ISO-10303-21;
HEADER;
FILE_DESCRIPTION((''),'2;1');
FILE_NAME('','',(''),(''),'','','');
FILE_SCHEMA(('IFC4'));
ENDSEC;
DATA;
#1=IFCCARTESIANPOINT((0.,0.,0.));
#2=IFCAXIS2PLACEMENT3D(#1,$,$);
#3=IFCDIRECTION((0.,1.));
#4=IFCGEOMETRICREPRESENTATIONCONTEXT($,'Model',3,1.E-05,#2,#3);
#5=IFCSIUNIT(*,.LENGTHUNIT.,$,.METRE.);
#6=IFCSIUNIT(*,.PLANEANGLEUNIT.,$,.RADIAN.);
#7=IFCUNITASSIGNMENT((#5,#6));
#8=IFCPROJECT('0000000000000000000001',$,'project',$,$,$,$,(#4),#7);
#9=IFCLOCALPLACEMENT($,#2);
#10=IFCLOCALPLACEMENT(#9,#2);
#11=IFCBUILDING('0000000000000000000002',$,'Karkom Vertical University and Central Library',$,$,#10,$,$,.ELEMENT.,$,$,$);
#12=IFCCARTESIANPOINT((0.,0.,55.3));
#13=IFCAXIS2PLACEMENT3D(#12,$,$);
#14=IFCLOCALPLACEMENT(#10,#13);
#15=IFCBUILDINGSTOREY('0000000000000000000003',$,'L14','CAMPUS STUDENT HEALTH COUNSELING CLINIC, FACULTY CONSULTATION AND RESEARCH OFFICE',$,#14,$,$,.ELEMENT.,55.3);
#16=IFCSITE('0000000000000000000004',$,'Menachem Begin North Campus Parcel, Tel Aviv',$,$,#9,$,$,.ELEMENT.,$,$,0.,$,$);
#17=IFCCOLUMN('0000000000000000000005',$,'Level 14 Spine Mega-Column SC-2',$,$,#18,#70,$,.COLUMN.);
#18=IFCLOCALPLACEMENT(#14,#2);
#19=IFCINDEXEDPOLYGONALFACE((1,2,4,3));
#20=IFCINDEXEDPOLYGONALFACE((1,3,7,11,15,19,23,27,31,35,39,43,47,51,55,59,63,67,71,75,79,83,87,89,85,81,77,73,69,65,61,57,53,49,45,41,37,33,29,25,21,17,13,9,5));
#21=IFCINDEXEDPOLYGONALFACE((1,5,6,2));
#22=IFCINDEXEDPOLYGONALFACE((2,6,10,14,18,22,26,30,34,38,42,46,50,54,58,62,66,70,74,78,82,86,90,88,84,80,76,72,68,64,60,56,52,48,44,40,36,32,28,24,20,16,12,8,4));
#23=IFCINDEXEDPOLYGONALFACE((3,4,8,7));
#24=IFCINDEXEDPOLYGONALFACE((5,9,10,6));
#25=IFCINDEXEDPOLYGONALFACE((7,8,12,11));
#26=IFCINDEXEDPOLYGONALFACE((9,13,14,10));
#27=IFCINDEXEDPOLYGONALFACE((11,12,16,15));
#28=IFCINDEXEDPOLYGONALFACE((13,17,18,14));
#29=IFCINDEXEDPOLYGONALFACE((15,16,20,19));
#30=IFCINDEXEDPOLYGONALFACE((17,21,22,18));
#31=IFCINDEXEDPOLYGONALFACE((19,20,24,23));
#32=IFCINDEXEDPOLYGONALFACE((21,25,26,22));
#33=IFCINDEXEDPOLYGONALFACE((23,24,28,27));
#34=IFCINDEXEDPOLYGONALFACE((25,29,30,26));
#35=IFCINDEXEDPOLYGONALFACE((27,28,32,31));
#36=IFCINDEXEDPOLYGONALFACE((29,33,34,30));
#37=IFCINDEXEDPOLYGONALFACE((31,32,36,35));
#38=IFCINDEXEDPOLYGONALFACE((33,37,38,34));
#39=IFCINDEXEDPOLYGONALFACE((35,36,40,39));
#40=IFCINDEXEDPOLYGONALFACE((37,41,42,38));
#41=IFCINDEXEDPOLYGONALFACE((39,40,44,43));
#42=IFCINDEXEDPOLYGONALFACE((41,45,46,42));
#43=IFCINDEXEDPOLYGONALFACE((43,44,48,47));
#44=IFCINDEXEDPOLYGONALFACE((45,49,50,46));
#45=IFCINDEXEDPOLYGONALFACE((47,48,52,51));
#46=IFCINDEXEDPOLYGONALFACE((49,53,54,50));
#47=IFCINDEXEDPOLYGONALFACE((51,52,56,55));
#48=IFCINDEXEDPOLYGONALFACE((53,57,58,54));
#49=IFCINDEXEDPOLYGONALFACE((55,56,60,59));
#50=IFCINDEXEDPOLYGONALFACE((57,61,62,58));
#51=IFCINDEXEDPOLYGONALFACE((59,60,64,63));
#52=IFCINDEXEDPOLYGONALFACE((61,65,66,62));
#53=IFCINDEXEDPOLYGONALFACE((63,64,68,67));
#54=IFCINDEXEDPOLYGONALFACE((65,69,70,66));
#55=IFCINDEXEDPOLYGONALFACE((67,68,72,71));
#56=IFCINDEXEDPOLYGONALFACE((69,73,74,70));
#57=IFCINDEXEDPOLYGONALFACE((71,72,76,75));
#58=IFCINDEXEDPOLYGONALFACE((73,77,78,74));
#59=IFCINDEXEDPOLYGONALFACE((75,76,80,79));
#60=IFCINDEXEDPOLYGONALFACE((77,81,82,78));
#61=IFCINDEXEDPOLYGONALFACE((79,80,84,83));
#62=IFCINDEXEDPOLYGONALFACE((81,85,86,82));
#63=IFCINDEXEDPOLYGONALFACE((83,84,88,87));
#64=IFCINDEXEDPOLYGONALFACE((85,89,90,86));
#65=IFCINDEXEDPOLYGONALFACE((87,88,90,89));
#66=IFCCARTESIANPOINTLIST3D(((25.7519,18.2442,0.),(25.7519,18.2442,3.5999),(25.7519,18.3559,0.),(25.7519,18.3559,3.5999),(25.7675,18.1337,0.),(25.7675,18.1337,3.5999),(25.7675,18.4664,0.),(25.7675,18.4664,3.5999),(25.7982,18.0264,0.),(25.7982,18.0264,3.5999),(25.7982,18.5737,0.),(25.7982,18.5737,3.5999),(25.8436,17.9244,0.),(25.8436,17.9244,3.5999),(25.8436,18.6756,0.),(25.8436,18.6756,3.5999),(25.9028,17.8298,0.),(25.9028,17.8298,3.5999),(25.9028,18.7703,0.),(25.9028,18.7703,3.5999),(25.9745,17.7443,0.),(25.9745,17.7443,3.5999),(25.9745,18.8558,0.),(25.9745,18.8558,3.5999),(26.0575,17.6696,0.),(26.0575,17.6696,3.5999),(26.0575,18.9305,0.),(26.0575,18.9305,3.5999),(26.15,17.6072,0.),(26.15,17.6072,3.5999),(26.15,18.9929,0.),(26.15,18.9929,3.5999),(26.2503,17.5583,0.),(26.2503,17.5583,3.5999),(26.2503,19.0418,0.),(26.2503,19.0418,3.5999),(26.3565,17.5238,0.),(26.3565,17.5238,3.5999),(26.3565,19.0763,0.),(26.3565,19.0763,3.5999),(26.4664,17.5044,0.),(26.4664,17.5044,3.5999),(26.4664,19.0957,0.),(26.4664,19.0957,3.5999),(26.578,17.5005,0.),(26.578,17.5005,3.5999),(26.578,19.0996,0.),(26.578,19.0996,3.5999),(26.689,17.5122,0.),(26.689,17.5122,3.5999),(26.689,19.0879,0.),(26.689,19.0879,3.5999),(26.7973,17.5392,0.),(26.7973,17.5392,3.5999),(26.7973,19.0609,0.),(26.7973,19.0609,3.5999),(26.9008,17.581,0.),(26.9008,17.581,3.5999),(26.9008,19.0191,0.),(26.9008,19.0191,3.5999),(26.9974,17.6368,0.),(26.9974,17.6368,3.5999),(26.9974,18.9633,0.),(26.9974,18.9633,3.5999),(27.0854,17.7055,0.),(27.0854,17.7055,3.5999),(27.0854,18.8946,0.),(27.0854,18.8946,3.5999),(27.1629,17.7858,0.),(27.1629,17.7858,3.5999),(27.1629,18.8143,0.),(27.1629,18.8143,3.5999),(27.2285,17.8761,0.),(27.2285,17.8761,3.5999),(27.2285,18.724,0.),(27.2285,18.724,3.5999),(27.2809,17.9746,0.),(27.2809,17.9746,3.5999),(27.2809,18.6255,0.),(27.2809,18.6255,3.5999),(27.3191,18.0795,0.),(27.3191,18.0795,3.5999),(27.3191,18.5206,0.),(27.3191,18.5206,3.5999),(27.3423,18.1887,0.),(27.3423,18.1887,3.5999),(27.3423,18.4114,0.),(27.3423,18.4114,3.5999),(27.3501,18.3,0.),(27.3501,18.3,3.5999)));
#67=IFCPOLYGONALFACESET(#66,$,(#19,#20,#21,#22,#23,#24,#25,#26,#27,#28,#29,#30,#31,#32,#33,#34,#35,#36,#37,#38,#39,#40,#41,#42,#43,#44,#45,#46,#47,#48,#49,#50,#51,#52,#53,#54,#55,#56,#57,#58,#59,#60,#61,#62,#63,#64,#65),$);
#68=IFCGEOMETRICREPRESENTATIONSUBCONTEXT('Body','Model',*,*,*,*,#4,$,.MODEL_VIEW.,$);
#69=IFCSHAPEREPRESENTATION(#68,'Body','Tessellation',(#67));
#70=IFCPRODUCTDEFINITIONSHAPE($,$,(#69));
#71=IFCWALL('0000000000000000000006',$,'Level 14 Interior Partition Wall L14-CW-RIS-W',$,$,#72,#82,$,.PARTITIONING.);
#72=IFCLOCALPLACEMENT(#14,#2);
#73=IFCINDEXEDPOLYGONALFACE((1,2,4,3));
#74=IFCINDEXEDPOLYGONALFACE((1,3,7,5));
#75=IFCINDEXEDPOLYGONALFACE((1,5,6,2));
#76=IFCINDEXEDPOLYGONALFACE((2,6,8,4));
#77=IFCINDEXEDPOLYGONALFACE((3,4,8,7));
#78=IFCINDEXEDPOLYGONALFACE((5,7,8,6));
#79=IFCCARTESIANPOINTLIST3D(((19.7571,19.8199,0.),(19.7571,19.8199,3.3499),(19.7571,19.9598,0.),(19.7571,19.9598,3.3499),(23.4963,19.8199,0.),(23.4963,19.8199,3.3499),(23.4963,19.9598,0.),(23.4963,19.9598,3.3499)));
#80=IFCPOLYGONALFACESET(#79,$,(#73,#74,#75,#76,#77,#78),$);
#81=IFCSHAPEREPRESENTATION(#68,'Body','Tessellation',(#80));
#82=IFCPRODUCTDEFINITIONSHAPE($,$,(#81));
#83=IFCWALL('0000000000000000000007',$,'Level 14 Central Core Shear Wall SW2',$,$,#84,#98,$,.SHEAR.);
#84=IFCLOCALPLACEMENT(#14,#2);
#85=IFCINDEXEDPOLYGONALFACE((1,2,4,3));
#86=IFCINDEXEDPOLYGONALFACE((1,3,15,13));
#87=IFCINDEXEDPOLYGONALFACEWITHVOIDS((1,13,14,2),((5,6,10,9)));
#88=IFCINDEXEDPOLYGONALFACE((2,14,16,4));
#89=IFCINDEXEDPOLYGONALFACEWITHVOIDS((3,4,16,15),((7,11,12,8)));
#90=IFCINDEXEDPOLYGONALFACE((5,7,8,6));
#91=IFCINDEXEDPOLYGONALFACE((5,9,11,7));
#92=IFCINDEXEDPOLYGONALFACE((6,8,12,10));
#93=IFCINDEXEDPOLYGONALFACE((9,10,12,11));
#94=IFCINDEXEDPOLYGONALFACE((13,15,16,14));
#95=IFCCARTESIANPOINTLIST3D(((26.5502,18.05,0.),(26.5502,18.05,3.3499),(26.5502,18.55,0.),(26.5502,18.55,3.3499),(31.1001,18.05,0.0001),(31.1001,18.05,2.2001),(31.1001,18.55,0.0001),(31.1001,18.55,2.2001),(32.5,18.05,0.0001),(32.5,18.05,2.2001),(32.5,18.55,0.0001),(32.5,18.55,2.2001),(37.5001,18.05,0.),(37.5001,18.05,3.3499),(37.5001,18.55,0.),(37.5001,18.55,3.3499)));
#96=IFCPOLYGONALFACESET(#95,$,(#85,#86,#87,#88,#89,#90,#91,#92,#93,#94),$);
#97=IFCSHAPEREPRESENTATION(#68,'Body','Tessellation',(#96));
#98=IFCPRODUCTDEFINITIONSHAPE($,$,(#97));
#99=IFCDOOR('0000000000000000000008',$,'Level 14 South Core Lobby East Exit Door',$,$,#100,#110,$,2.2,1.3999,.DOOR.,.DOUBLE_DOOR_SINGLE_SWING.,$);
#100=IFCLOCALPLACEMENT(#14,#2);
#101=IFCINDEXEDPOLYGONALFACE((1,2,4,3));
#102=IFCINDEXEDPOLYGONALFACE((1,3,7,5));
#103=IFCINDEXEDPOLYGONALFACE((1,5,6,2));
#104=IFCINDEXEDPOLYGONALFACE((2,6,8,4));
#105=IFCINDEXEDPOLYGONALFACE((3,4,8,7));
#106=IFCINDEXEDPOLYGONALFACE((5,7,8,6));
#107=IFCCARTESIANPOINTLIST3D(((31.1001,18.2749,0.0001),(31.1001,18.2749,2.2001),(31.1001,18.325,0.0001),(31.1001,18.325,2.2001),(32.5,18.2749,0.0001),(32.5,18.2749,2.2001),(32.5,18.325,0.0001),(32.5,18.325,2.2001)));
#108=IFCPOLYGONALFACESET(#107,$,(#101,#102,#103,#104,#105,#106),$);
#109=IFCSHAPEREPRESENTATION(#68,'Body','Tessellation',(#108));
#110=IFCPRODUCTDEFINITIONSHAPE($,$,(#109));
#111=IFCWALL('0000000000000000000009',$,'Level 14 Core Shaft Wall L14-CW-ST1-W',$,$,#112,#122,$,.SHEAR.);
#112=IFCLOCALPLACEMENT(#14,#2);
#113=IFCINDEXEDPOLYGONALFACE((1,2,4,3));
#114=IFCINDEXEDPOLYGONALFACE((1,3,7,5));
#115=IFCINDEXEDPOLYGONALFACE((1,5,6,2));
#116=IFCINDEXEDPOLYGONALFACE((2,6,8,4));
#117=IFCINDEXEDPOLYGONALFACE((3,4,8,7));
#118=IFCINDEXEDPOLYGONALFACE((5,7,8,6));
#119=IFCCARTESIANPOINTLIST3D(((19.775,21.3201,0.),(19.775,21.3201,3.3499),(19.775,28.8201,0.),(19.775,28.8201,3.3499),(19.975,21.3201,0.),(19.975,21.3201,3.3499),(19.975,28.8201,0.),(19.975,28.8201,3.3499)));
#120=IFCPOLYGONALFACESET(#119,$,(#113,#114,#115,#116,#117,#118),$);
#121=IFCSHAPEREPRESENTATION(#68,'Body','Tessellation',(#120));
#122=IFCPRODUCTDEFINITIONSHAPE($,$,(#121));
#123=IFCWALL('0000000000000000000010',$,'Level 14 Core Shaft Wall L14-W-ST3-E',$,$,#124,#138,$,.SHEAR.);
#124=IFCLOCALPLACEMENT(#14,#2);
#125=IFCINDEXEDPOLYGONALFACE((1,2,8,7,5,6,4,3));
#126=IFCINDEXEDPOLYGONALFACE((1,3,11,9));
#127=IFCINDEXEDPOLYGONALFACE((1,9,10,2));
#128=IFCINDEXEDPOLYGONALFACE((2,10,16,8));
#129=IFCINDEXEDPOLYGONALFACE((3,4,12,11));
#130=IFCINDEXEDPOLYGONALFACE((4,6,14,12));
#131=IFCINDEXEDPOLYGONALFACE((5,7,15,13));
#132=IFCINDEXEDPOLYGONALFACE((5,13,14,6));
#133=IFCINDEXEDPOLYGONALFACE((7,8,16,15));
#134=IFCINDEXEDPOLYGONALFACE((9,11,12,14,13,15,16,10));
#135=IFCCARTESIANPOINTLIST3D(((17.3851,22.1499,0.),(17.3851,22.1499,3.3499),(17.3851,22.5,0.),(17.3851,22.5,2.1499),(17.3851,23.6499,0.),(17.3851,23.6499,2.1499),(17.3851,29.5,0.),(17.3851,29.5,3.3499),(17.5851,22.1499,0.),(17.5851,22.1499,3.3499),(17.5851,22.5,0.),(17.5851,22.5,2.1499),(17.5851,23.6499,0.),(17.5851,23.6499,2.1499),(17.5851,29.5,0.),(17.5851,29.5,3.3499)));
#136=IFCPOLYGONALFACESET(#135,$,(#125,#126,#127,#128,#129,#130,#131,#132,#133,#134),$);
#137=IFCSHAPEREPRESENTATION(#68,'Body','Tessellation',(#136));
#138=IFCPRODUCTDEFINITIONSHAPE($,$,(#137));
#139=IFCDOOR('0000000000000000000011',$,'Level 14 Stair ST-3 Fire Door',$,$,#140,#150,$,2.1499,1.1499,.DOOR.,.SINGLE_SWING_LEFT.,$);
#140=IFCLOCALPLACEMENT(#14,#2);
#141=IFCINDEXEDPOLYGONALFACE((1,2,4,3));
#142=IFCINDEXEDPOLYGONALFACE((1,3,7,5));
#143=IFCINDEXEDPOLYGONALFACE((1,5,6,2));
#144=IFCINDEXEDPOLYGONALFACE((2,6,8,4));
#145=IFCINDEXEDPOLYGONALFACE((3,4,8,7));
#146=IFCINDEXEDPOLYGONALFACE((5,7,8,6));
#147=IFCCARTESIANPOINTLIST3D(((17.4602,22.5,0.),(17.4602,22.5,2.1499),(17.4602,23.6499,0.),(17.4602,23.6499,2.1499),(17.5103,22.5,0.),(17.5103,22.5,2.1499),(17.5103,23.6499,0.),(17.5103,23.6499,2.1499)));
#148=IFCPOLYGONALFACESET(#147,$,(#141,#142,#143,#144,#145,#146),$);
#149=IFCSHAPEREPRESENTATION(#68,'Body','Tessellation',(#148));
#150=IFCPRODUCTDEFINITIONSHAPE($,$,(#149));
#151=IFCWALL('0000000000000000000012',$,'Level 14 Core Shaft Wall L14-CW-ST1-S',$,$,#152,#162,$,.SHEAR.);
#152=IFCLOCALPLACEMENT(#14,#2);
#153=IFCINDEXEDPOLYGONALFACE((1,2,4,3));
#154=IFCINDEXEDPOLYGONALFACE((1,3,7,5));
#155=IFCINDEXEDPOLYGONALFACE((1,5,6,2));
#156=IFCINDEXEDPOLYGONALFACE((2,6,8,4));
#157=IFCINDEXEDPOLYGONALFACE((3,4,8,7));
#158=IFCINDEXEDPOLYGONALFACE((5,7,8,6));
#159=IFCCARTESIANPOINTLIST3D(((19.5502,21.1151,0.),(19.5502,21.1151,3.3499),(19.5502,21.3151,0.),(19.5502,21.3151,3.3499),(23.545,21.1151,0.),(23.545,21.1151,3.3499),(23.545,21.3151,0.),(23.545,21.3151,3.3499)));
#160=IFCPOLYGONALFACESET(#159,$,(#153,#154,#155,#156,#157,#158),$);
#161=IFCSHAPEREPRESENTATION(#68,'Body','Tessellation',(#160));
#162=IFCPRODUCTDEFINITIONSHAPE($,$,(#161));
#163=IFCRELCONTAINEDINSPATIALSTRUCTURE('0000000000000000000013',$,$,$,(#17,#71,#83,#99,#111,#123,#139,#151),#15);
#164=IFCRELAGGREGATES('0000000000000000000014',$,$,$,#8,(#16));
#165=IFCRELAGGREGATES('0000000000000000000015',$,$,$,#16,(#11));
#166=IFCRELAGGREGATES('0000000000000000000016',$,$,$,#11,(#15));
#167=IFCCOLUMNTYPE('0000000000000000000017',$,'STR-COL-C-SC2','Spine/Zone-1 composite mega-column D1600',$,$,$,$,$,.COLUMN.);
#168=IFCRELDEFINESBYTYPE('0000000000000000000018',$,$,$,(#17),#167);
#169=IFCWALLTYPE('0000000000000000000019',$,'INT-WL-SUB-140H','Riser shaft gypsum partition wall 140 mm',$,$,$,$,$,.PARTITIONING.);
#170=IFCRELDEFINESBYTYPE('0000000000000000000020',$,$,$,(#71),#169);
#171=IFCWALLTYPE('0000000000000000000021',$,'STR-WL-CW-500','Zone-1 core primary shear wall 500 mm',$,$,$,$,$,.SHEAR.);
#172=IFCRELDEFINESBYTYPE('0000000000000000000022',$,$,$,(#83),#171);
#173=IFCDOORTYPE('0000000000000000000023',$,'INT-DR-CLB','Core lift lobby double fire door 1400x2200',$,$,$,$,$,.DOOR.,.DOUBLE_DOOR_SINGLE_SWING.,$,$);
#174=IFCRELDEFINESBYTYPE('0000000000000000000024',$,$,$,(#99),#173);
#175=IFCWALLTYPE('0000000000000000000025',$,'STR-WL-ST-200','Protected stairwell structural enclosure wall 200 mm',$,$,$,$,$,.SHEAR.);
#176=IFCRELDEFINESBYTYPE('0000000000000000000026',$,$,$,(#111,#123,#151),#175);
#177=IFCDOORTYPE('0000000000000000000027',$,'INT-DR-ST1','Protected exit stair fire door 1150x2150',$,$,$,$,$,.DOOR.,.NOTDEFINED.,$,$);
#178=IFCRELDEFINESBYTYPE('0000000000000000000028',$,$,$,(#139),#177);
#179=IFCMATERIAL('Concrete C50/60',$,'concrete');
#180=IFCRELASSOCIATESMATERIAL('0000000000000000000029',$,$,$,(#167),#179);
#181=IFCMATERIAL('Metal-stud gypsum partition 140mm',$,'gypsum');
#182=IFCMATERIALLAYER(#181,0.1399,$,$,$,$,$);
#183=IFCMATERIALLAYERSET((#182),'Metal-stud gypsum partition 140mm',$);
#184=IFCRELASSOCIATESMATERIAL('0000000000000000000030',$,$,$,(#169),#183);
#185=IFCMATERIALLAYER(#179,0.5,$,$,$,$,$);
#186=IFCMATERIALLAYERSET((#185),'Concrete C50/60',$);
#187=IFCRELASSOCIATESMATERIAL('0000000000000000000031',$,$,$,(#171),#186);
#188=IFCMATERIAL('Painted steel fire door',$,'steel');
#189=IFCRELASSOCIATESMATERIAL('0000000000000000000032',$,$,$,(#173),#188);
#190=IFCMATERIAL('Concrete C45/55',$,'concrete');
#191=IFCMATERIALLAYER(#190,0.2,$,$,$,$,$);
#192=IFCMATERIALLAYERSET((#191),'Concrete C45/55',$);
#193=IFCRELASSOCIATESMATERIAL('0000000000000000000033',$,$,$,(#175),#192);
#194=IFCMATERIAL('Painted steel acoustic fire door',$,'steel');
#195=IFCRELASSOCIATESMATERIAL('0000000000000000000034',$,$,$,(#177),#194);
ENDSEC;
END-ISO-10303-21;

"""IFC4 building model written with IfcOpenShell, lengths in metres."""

from ifc_helpers import new_model, si_unit, direction, frame, frame_2d, origin, origin_with_axes, origin_2d, place, context, subcontext, project, spatial, rectangle, circle, extrude, source, transform, mapped, material, layer, layer_set, material_profile, profile_set, type_object, element, fill, save


model = new_model("IFC4")

# Units and contexts
model_context = context("Model", 3, precision=1e-05, world=origin(), true_north=direction((0.0, 1.0)))
body_context = subcontext(model_context, "Body", "Model", "MODEL_VIEW")
ifc_project = project(units=[si_unit("LENGTHUNIT", "METRE"), si_unit("PLANEANGLEUNIT", "RADIAN")], contexts=[model_context])

# Site, building, storey
site_placement = place(None, origin())
site = spatial("IfcSite", under=ifc_project, at=site_placement, Name="Menachem Begin North Campus Parcel, Tel Aviv", CompositionType="ELEMENT", RefElevation=0.0)
building_placement = place(site_placement, origin())
building = spatial("IfcBuilding", under=site, at=building_placement, Name="Karkom Vertical University and Central Library", CompositionType="ELEMENT")
storey_placement = place(building_placement, frame((0.0, 0.0, 55.3)))
storey = spatial("IfcBuildingStorey", under=building, at=storey_placement, Name="L14", Description="CAMPUS STUDENT HEALTH COUNSELING CLINIC, FACULTY CONSULTATION AND RESEARCH OFFICE", CompositionType="ELEMENT", Elevation=55.3)

# Column
ifc_material_1 = material(Name="Concrete C50/60", Category="concrete")
ifc_material_profile = material_profile(ifc_material_1, circle(Radius=0.8, at=origin_2d()), Name="CFT-D1600")
ifc_profile_set = profile_set([ifc_material_profile], Name="Concrete C50/60")
column_type = type_object("IfcColumnType", Name="STR-COL-C-SC2", Description="Spine/Zone-1 composite mega-column D1600", PredefinedType="COLUMN", material=ifc_profile_set)
shared_shape_1 = source(origin_with_axes(), body_context, "Body", "SweptSolid", [
    extrude(circle(Radius=0.8, at=origin_2d()), origin(), (0.0, 0.0, 1.0), 3.5999),
])
column_placement = place(storey_placement, frame((26.55, 18.3, 0.0), z_axis=(0.0, 0.0, 1.0), x_axis=(1.0, 0.0, 0.0)))
element("IfcColumn", 1, at=column_placement, inside=storey, type_object=column_type, Name="Level 14 Spine Mega-Column SC-2", PredefinedType="COLUMN", context=body_context, shape_type="MappedRepresentation", body=[
    mapped(shared_shape_1, transform((0.0, 0.0, 0.0), scale=1.0)),
])

# Wall
ifc_material_2 = material(Name="Metal-stud gypsum partition 140mm", Category="gypsum")
ifc_layer_1 = layer(ifc_material_2, 0.1399)
ifc_layer_set_1 = layer_set([ifc_layer_1], Name="Metal-stud gypsum partition 140mm")
wall_type_1 = type_object("IfcWallType", Name="INT-WL-SUB-140H", Description="Riser shaft gypsum partition wall 140 mm", PredefinedType="PARTITIONING", material=ifc_layer_set_1)
wall_1_placement = place(storey_placement, frame((19.7571, 19.8899, 0.0), z_axis=(0.0, 0.0, 1.0), x_axis=(1.0, 0.0, 0.0)))
element("IfcWall", 2, at=wall_1_placement, inside=storey, type_object=wall_type_1, Name="Level 14 Interior Partition Wall L14-CW-RIS-W", PredefinedType="PARTITIONING", context=body_context, shape_type="SweptSolid", body=[
    extrude(rectangle(XDim=3.7393, YDim=0.1399, at=frame_2d((1.8696, 0.0))), origin(), (0.0, 0.0, 1.0), 3.3499),
])

# Wall, opening, door
ifc_layer_2 = layer(ifc_material_1, 0.5)
ifc_layer_set_2 = layer_set([ifc_layer_2], Name="Concrete C50/60")
wall_type_2 = type_object("IfcWallType", Name="STR-WL-CW-500", Description="Zone-1 core primary shear wall 500 mm", PredefinedType="SHEAR", material=ifc_layer_set_2)
wall_2_placement = place(storey_placement, frame((26.55, 18.3, 0.0), z_axis=(0.0, 0.0, 1.0), x_axis=(1.0, 0.0, 0.0)))
wall_2 = element("IfcWall", 3, at=wall_2_placement, inside=storey, type_object=wall_type_2, Name="Level 14 Central Core Shear Wall SW2", PredefinedType="SHEAR", context=body_context, shape_type="SweptSolid", body=[
    extrude(rectangle(XDim=10.95, YDim=0.5, at=frame_2d((5.4751, 0.0))), origin(), (0.0, 0.0, 1.0), 3.3499),
])
opening_1_placement = place(wall_2_placement, frame((4.55, 0.0, 0.0)))
opening_1 = element("IfcOpeningElement", 4, at=opening_1_placement, cuts=wall_2, PredefinedType="OPENING", context=body_context, shape_type="SweptSolid", body=[
    extrude(rectangle(XDim=1.3999, YDim=2.2, at=frame_2d((0.7, 1.1001))), frame((0.0, 0.26, 0.0), z_axis=(0.0, -1.0, 0.0), x_axis=(1.0, 0.0, 0.0)), (0.0, 0.0, 1.0), 0.52),
])
ifc_material_3 = material(Name="Painted steel fire door", Category="steel")
door_type_1 = type_object("IfcDoorType", Name="INT-DR-CLB", Description="Core lift lobby double fire door 1400x2200", OperationType="DOUBLE_DOOR_SINGLE_SWING", PredefinedType="DOOR", material=ifc_material_3)
shared_shape_2 = source(origin_with_axes(), body_context, "Body", "SweptSolid", [
    extrude(rectangle(XDim=1.3999, YDim=2.2, at=frame_2d((0.7, 1.1001))), frame((0.0, 0.0249, 0.0), z_axis=(0.0, -1.0, 0.0), x_axis=(1.0, 0.0, 0.0)), (0.0, 0.0, 1.0), 0.05),
])
door_1_placement = place(opening_1_placement, origin())
door_1 = element("IfcDoor", 5, at=door_1_placement, inside=storey, type_object=door_type_1, Name="Level 14 South Core Lobby East Exit Door", OperationType="DOUBLE_DOOR_SINGLE_SWING", OverallHeight=2.2, OverallWidth=1.3999, PredefinedType="DOOR", context=body_context, shape_type="MappedRepresentation", body=[
    mapped(shared_shape_2, transform((0.0, 0.0, 0.0), scale=1.0)),
])
fill(opening_1, door_1)

# Shared definitions
ifc_material_4 = material(Name="Concrete C45/55", Category="concrete")
ifc_layer_3 = layer(ifc_material_4, 0.2)
ifc_layer_set_3 = layer_set([ifc_layer_3], Name="Concrete C45/55")
wall_type_3 = type_object("IfcWallType", Name="STR-WL-ST-200", Description="Protected stairwell structural enclosure wall 200 mm", PredefinedType="SHEAR", material=ifc_layer_set_3)
ifc_material_5 = material(Name="Painted steel acoustic fire door", Category="steel")
door_type_2 = type_object("IfcDoorType", Name="INT-DR-ST1", Description="Protected exit stair fire door 1150x2150", OperationType="NOTDEFINED", PredefinedType="DOOR", material=ifc_material_5)
shared_shape_3 = source(origin_with_axes(), body_context, "Body", "SweptSolid", [
    extrude(rectangle(XDim=1.1499, YDim=2.1499, at=frame_2d((0.575, 1.075))), frame((0.0, 0.0249, 0.0), z_axis=(0.0, -1.0, 0.0), x_axis=(1.0, 0.0, 0.0)), (0.0, 0.0, 1.0), 0.05),
])

# Wall
wall_3_placement = place(storey_placement, frame((19.875, 21.3201, 0.0), z_axis=(0.0, 0.0, 1.0), x_axis=(0.0, 1.0, 0.0)))
element("IfcWall", 6, at=wall_3_placement, inside=storey, type_object=wall_type_3, Name="Level 14 Core Shaft Wall L14-CW-ST1-W", PredefinedType="SHEAR", context=body_context, shape_type="SweptSolid", body=[
    extrude(rectangle(XDim=7.5, YDim=0.2, at=frame_2d((3.75, 0.0))), origin(), (0.0, 0.0, 1.0), 3.3499),
])

# Wall, opening, door
wall_4_placement = place(storey_placement, frame((17.4851, 22.1499, 0.0), z_axis=(0.0, 0.0, 1.0), x_axis=(0.0, 1.0, 0.0)))
wall_4 = element("IfcWall", 7, at=wall_4_placement, inside=storey, type_object=wall_type_3, Name="Level 14 Core Shaft Wall L14-W-ST3-E", PredefinedType="SHEAR", context=body_context, shape_type="SweptSolid", body=[
    extrude(rectangle(XDim=7.3501, YDim=0.2, at=frame_2d((3.675, 0.0))), origin(), (0.0, 0.0, 1.0), 3.3499),
])
opening_2_placement = place(wall_4_placement, frame((0.3501, 0.0, 0.0)))
opening_2 = element("IfcOpeningElement", 8, at=opening_2_placement, cuts=wall_4, PredefinedType="OPENING", context=body_context, shape_type="SweptSolid", body=[
    extrude(rectangle(XDim=1.1499, YDim=2.1499, at=frame_2d((0.575, 1.075))), frame((0.0, 0.1099, 0.0), z_axis=(0.0, -1.0, 0.0), x_axis=(1.0, 0.0, 0.0)), (0.0, 0.0, 1.0), 0.22),
])
door_2_placement = place(opening_2_placement, origin())
door_2 = element("IfcDoor", 9, at=door_2_placement, inside=storey, type_object=door_type_2, Name="Level 14 Stair ST-3 Fire Door", OperationType="SINGLE_SWING_LEFT", OverallHeight=2.1499, OverallWidth=1.1499, PredefinedType="DOOR", context=body_context, shape_type="MappedRepresentation", body=[
    mapped(shared_shape_3, transform((0.0, 0.0, 0.0), scale=1.0)),
])
fill(opening_2, door_2)

# Wall
wall_5_placement = place(storey_placement, frame((19.55, 21.2151, 0.0), z_axis=(0.0, 0.0, 1.0), x_axis=(1.0, 0.0, 0.0)))
element("IfcWall", 10, at=wall_5_placement, inside=storey, type_object=wall_type_3, Name="Level 14 Core Shaft Wall L14-CW-ST1-S", PredefinedType="SHEAR", context=body_context, shape_type="SweptSolid", body=[
    extrude(rectangle(XDim=3.9949, YDim=0.2, at=frame_2d((1.9976, 0.0))), origin(), (0.0, 0.0, 1.0), 3.3499),
])

save(model, "model.ifc")
